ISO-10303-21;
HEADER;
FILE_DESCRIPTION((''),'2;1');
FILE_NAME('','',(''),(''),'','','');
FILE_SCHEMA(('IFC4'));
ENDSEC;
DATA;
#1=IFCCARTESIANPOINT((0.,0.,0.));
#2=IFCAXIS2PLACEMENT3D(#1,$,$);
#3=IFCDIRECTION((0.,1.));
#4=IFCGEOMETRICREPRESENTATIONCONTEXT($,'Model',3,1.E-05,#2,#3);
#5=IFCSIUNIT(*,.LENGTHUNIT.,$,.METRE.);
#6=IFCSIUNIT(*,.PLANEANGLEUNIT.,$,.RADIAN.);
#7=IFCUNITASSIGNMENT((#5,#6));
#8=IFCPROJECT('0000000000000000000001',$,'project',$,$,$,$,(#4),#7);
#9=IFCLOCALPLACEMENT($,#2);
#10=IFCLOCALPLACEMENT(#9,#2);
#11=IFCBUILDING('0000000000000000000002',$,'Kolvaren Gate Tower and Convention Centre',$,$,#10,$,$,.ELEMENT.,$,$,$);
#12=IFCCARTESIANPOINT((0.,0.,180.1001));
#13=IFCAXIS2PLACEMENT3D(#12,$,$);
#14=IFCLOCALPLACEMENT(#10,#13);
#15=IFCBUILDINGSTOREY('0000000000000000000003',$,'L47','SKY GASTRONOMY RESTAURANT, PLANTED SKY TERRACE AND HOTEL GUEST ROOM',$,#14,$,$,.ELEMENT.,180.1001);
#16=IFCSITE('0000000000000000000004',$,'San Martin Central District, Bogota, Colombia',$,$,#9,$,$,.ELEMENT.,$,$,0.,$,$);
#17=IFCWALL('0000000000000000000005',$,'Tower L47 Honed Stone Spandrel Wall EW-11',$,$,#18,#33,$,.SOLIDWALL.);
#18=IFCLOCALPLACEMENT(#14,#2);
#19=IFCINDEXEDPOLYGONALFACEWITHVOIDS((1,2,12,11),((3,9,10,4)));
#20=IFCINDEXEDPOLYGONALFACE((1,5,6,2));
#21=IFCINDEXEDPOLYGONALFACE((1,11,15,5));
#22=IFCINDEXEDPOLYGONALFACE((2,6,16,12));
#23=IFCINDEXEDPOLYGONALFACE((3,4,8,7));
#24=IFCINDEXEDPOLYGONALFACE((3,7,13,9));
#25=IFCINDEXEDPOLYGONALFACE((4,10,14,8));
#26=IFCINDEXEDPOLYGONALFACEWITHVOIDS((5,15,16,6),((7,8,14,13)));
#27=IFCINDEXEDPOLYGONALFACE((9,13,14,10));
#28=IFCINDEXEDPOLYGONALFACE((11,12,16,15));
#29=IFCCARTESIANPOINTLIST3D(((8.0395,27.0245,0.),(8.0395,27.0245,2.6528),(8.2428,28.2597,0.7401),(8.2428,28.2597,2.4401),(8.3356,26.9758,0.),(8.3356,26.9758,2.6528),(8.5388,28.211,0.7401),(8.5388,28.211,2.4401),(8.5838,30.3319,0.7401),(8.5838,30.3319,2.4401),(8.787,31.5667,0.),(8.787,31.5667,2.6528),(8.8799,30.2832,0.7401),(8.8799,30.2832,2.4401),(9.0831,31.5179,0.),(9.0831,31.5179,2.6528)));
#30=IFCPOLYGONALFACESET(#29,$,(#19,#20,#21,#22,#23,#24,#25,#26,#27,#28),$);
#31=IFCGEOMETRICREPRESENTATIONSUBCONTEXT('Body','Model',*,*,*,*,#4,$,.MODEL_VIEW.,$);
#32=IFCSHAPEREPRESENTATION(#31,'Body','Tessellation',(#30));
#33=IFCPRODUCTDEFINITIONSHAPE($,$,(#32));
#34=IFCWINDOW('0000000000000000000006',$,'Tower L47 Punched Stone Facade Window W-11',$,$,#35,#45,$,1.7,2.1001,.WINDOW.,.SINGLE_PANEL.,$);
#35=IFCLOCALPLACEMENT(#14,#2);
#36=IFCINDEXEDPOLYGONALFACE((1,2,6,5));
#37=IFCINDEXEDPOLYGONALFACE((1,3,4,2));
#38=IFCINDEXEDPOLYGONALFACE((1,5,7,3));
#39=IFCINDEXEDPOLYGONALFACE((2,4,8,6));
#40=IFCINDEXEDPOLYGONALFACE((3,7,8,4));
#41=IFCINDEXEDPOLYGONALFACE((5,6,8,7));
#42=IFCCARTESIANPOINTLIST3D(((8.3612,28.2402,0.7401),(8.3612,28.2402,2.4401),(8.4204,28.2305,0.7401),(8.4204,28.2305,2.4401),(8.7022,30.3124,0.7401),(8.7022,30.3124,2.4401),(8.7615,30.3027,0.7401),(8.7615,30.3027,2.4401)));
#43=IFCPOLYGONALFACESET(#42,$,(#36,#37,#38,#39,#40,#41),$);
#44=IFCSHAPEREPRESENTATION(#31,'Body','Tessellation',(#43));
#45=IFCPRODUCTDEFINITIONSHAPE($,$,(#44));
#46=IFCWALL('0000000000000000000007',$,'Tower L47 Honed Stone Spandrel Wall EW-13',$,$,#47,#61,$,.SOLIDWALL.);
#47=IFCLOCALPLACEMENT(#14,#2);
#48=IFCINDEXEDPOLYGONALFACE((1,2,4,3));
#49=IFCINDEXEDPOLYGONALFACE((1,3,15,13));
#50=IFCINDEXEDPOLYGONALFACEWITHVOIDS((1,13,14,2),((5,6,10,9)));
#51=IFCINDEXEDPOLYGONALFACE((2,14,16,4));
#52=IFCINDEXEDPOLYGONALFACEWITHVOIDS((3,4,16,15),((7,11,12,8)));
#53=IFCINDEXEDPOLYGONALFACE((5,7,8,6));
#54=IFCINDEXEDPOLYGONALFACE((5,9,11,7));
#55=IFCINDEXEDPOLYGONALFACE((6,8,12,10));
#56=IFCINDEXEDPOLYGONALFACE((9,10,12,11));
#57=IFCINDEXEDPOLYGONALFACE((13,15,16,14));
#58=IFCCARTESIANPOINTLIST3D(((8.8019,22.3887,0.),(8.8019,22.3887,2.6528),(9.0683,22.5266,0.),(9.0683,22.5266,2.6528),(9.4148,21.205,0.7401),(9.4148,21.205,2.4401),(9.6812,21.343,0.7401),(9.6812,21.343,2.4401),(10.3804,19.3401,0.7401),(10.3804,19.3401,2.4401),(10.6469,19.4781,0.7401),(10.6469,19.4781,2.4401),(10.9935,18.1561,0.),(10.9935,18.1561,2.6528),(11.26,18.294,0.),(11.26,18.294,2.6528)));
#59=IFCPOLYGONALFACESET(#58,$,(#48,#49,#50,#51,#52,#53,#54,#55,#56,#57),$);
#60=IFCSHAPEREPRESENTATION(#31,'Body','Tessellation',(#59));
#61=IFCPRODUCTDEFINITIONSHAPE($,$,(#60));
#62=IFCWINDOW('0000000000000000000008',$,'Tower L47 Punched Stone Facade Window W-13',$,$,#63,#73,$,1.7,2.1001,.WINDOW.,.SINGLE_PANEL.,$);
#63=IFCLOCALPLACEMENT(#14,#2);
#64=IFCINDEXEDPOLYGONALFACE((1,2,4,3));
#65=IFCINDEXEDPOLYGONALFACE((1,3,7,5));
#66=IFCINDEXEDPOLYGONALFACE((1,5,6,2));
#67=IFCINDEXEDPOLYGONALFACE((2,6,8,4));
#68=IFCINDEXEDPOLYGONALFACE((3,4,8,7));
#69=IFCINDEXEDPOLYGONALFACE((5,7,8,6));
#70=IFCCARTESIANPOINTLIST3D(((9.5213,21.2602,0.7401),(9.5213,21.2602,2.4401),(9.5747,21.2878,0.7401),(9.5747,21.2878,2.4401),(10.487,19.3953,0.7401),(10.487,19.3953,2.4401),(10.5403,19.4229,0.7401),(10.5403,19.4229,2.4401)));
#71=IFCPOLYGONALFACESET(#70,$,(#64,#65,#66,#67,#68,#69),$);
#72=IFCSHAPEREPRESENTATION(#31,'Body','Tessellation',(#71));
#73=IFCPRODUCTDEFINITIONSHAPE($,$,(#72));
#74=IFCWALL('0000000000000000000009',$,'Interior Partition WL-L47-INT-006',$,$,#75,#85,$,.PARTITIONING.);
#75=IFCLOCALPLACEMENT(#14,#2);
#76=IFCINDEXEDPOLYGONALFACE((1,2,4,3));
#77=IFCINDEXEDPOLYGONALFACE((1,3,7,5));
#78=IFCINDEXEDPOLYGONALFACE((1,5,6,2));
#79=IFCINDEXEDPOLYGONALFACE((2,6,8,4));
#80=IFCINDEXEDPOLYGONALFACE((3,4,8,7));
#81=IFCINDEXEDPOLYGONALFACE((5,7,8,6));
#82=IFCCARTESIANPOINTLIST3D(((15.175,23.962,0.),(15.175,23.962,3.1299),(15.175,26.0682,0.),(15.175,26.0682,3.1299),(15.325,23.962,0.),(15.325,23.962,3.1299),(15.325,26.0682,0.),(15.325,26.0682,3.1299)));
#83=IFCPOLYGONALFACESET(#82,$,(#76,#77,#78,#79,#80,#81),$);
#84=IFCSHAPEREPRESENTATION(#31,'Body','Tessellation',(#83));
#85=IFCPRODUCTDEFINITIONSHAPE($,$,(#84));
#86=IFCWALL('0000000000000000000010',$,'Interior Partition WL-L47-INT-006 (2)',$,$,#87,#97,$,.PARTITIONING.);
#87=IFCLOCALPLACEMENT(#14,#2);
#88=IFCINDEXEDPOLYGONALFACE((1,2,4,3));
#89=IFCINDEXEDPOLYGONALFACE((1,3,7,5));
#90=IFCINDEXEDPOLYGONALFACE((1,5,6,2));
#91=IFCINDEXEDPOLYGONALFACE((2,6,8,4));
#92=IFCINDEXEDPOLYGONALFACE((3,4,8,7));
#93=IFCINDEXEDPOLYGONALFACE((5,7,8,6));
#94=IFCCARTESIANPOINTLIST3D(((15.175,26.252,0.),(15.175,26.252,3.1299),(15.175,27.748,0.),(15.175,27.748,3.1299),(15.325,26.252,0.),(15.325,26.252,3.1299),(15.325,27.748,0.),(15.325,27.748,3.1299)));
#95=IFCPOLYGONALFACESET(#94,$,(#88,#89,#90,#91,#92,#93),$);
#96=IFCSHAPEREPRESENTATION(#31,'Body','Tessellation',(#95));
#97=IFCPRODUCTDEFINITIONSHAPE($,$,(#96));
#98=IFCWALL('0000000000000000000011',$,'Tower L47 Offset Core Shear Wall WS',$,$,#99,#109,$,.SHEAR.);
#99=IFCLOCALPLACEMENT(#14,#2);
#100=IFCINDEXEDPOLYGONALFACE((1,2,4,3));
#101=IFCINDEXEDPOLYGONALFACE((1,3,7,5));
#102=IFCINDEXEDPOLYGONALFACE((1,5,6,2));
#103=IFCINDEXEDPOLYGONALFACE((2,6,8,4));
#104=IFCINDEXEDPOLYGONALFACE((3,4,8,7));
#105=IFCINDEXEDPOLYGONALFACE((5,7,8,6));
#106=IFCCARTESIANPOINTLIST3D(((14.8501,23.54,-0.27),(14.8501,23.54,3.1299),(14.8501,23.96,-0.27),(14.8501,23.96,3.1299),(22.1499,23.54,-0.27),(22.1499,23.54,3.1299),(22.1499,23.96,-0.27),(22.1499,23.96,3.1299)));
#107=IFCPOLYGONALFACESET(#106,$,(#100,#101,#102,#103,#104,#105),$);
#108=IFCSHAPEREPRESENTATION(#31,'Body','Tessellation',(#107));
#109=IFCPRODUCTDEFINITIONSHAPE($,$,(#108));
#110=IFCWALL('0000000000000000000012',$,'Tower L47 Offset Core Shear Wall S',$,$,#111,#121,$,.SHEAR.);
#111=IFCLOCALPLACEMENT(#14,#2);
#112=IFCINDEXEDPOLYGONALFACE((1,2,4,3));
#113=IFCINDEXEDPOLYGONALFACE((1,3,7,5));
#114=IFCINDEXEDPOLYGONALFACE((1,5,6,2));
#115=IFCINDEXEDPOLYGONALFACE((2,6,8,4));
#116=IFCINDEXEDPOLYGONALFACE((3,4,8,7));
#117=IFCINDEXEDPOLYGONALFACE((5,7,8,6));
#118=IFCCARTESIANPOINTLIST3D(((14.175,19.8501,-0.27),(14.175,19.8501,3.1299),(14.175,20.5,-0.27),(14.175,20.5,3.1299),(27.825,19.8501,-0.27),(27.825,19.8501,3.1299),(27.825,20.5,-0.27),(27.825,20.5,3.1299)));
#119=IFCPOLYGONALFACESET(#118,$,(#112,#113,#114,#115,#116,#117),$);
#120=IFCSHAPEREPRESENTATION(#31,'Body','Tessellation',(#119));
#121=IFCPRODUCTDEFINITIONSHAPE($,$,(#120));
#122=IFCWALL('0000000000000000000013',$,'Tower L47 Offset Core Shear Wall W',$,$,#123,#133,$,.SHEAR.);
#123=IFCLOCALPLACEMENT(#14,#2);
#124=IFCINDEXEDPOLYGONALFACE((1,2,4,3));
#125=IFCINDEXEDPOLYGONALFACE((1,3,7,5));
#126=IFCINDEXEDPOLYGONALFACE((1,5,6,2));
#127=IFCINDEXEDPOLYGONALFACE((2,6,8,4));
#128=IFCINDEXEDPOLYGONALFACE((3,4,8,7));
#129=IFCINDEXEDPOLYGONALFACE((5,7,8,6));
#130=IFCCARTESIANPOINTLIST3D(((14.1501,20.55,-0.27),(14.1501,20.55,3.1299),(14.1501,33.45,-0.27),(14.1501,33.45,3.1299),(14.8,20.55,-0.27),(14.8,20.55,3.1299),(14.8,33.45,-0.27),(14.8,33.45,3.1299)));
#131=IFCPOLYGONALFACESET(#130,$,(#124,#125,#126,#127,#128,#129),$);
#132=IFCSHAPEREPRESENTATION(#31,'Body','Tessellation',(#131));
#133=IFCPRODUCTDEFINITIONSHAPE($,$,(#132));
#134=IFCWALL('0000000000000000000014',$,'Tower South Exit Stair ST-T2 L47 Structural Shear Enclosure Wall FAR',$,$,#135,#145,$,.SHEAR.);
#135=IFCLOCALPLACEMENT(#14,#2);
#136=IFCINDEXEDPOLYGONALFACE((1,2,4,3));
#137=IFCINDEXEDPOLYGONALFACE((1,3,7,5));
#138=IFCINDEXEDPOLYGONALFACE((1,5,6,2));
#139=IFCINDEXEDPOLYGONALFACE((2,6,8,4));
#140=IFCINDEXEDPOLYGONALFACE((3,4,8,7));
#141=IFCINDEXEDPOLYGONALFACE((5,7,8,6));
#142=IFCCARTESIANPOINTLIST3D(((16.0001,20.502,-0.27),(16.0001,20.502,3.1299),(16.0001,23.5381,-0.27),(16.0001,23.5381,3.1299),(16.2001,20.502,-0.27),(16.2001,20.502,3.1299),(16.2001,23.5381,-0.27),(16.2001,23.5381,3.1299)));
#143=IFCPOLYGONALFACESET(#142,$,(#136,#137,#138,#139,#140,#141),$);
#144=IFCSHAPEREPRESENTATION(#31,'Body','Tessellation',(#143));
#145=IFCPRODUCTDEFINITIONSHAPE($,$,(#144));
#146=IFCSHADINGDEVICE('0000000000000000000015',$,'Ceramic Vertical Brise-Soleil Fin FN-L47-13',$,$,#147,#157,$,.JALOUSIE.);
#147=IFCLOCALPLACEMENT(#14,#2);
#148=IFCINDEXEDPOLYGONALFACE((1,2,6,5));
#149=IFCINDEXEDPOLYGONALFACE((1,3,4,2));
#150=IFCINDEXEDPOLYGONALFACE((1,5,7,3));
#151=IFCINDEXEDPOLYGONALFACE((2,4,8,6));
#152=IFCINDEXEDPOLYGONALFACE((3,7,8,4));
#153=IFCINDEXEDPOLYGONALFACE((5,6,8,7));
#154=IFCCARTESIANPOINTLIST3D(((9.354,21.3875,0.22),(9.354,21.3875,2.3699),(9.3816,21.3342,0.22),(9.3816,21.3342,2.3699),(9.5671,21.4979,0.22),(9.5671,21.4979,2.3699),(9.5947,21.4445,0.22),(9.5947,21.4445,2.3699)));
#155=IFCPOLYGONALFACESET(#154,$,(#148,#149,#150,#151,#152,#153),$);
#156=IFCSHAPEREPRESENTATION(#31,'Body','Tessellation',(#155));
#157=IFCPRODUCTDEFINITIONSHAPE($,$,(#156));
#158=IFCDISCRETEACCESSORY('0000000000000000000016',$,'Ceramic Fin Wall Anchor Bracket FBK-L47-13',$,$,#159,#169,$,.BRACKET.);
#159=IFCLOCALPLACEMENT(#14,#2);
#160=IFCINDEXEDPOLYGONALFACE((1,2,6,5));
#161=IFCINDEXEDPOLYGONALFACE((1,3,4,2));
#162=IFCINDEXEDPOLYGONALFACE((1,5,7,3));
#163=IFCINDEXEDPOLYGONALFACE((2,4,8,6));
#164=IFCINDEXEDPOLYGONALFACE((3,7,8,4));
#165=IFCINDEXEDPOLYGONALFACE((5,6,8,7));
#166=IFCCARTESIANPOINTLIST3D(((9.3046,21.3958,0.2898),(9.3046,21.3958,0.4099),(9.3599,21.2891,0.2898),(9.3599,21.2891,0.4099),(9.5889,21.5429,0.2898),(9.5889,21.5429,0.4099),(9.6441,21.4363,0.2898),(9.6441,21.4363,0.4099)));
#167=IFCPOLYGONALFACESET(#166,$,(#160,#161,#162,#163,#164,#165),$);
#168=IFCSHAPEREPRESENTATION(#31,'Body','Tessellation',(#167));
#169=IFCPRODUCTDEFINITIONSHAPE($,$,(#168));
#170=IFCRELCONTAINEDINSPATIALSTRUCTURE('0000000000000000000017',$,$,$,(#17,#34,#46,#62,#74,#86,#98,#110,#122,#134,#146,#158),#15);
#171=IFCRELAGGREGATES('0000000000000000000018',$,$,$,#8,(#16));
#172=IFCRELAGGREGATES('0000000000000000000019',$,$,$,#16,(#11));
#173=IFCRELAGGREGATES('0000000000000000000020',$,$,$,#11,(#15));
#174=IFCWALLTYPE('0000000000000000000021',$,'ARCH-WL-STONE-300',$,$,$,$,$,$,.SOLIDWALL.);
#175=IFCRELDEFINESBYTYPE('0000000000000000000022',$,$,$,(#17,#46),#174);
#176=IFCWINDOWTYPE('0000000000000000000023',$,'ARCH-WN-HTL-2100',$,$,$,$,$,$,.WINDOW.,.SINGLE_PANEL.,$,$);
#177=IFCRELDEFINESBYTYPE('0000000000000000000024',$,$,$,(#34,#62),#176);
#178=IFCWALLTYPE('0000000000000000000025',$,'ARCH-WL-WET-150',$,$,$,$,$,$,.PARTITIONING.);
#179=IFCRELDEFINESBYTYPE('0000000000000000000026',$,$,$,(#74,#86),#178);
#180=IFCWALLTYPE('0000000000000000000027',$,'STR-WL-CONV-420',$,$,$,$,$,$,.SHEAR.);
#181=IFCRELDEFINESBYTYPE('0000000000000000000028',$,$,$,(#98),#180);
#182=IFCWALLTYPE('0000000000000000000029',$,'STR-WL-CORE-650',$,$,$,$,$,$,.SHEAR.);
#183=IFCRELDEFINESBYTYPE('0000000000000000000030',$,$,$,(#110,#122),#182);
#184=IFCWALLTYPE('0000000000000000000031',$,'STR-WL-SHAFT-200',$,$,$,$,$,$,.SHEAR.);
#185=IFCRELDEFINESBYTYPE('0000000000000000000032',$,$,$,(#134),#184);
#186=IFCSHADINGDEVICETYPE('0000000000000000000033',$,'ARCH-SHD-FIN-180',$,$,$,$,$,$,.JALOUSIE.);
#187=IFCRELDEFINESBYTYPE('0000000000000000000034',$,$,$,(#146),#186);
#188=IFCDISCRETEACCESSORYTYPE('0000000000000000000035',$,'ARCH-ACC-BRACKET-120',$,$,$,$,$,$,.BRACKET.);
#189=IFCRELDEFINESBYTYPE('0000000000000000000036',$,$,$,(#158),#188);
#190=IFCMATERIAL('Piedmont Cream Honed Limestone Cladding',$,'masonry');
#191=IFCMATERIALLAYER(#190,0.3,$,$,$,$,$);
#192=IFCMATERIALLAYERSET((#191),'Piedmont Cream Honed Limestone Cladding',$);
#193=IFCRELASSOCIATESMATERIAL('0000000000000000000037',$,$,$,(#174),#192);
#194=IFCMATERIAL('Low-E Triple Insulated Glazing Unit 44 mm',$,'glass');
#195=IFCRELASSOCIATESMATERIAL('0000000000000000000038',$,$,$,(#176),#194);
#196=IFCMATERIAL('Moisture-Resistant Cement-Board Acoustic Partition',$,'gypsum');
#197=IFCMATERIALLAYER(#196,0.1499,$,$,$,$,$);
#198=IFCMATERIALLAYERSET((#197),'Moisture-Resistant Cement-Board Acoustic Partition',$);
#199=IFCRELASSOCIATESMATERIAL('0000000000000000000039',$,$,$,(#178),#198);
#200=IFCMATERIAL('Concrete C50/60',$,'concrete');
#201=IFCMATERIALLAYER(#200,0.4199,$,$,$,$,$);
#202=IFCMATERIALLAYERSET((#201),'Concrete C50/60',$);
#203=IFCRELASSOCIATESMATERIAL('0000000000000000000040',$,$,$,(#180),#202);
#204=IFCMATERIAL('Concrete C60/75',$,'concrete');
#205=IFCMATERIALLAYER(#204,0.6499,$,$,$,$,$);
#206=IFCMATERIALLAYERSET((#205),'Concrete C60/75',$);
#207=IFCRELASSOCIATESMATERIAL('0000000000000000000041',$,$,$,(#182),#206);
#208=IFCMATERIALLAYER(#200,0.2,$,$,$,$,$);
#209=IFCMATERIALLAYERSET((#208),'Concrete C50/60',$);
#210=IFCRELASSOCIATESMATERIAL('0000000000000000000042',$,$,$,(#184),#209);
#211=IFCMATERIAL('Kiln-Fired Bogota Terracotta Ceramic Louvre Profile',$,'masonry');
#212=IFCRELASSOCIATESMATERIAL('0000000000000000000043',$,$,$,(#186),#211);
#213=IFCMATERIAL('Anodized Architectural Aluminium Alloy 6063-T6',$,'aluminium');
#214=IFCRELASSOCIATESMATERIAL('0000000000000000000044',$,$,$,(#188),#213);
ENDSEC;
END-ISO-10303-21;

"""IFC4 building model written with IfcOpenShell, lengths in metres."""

from ifc_helpers import new_model, si_unit, direction, frame, frame_2d, origin, origin_2d, place, context, subcontext, project, spatial, rectangle, extrude, material, layer, layer_set, type_object, element, fill, save


model = new_model("IFC4")

# Units and contexts
model_context = context("Model", 3, precision=1e-05, world=origin(), true_north=direction((0.0, 1.0)))
body_context = subcontext(model_context, "Body", "Model", "MODEL_VIEW")
ifc_project = project(units=[si_unit("LENGTHUNIT", "METRE"), si_unit("PLANEANGLEUNIT", "RADIAN")], contexts=[model_context])

# Site, building, storey
site_placement = place(None, origin())
site = spatial("IfcSite", under=ifc_project, at=site_placement, Name="San Martin Central District, Bogota, Colombia", CompositionType="ELEMENT", RefElevation=0.0)
building_placement = place(site_placement, origin())
building = spatial("IfcBuilding", under=site, at=building_placement, Name="Kolvaren Gate Tower and Convention Centre", CompositionType="ELEMENT")
storey_placement = place(building_placement, frame((0.0, 0.0, 180.1001)))
storey = spatial("IfcBuildingStorey", under=building, at=storey_placement, Name="L47", Description="SKY GASTRONOMY RESTAURANT, PLANTED SKY TERRACE AND HOTEL GUEST ROOM", CompositionType="ELEMENT", Elevation=180.1001)

# Shared definitions
ifc_material_1 = material(Name="Concrete C60/75", Category="concrete")

# Shared definitions
ifc_material_2 = material(Name="Piedmont Cream Honed Limestone Cladding", Category="masonry")

# Walls, openings, windows
ifc_layer_1 = layer(ifc_material_2, 0.3)
ifc_layer_set_1 = layer_set([ifc_layer_1], Name="Piedmont Cream Honed Limestone Cladding")
wall_type_1 = type_object("IfcWallType", Name="ARCH-WL-STONE-300", PredefinedType="SOLIDWALL", material=ifc_layer_set_1)
wall_1_placement = place(storey_placement, frame((8.1875, 27.0, 0.0), z_axis=(0.0, 0.0, 1.0), x_axis=(0.162395, 0.986726, 0.0)))
wall_1 = element("IfcWall", 1, at=wall_1_placement, inside=storey, type_object=wall_type_1, Name="Tower L47 Honed Stone Spandrel Wall EW-11", PredefinedType="SOLIDWALL", context=body_context, shape_type="SweptSolid", body=[
    extrude(rectangle(XDim=4.6033, YDim=0.3, at=frame_2d((2.3018, 0.0))), origin(), (0.0, 0.0, 1.0), 2.6528),
])
opening_1_placement = place(wall_1_placement, frame((1.252, 0.0, 0.74)))
opening_1 = element("IfcOpeningElement", 2, at=opening_1_placement, cuts=wall_1, PredefinedType="OPENING", context=body_context, shape_type="SweptSolid", body=[
    extrude(rectangle(XDim=2.1001, YDim=1.7, at=frame_2d((1.05, 0.8501))), frame((0.0, 0.1599, 0.0), z_axis=(0.0, -1.0, 0.0), x_axis=(1.0, 0.0, 0.0)), (0.0, 0.0, 1.0), 0.3201),
])
ifc_material_3 = material(Name="Low-E Triple Insulated Glazing Unit 44 mm", Category="glass")
window_type = type_object("IfcWindowType", Name="ARCH-WN-HTL-2100", PartitioningType="SINGLE_PANEL", PredefinedType="WINDOW", material=ifc_material_3)
window_1_placement = place(opening_1_placement, origin())
window_1 = element("IfcWindow", 3, at=window_1_placement, inside=storey, type_object=window_type, Name="Tower L47 Punched Stone Facade Window W-11", OverallHeight=1.7, OverallWidth=2.1001, PartitioningType="SINGLE_PANEL", PredefinedType="WINDOW", context=body_context, shape_type="SweptSolid", body=[
    extrude(rectangle(XDim=2.1001, YDim=1.7, at=frame_2d((1.05, 0.8501))), frame((0.0, 0.03, 0.0), z_axis=(0.0, -1.0, 0.0), x_axis=(1.0, 0.0, 0.0)), (0.0, 0.0, 1.0), 0.0601),
])
fill(opening_1, window_1)
wall_2_placement = place(storey_placement, frame((8.9351, 22.4578, 0.0), z_axis=(0.0, 0.0, 1.0), x_axis=(0.45981, -0.888017, 0.0)))
wall_2 = element("IfcWall", 4, at=wall_2_placement, inside=storey, type_object=wall_type_1, Name="Tower L47 Honed Stone Spandrel Wall EW-13", PredefinedType="SOLIDWALL", context=body_context, shape_type="SweptSolid", body=[
    extrude(rectangle(XDim=4.7664, YDim=0.3, at=frame_2d((2.3833, 0.0))), origin(), (0.0, 0.0, 1.0), 2.6528),
])
opening_2_placement = place(wall_2_placement, frame((1.333, 0.0, 0.74)))
opening_2 = element("IfcOpeningElement", 5, at=opening_2_placement, cuts=wall_2, PredefinedType="OPENING", context=body_context, shape_type="SweptSolid", body=[
    extrude(rectangle(XDim=2.1001, YDim=1.7, at=frame_2d((1.05, 0.8501))), frame((0.0, 0.1599, 0.0), z_axis=(0.0, -1.0, 0.0), x_axis=(1.0, 0.0, 0.0)), (0.0, 0.0, 1.0), 0.3201),
])
window_2_placement = place(opening_2_placement, origin())
window_2 = element("IfcWindow", 6, at=window_2_placement, inside=storey, type_object=window_type, Name="Tower L47 Punched Stone Facade Window W-13", OverallHeight=1.7, OverallWidth=2.1001, PartitioningType="SINGLE_PANEL", PredefinedType="WINDOW", context=body_context, shape_type="SweptSolid", body=[
    extrude(rectangle(XDim=2.1001, YDim=1.7, at=frame_2d((1.05, 0.8501))), frame((0.0, 0.03, 0.0), z_axis=(0.0, -1.0, 0.0), x_axis=(1.0, 0.0, 0.0)), (0.0, 0.0, 1.0), 0.0601),
])
fill(opening_2, window_2)

# Walls
ifc_material_4 = material(Name="Moisture-Resistant Cement-Board Acoustic Partition", Category="gypsum")
ifc_layer_2 = layer(ifc_material_4, 0.1499)
ifc_layer_set_2 = layer_set([ifc_layer_2], Name="Moisture-Resistant Cement-Board Acoustic Partition")
wall_type_2 = type_object("IfcWallType", Name="ARCH-WL-WET-150", PredefinedType="PARTITIONING", material=ifc_layer_set_2)
wall_3_placement = place(storey_placement, frame((15.25, 23.9619, 0.0), z_axis=(0.0, 0.0, 1.0), x_axis=(0.0, 1.0, 0.0)))
element("IfcWall", 7, at=wall_3_placement, inside=storey, type_object=wall_type_2, Name="Interior Partition WL-L47-INT-006", PredefinedType="PARTITIONING", context=body_context, shape_type="SweptSolid", body=[
    extrude(rectangle(XDim=2.1062, YDim=0.1499, at=frame_2d((1.0532, 0.0))), origin(), (0.0, 0.0, 1.0), 3.1299),
])
wall_4_placement = place(storey_placement, frame((15.25, 26.252, 0.0), z_axis=(0.0, 0.0, 1.0), x_axis=(0.0, 1.0, 0.0)))
element("IfcWall", 8, at=wall_4_placement, inside=storey, type_object=wall_type_2, Name="Interior Partition WL-L47-INT-006 (2)", PredefinedType="PARTITIONING", context=body_context, shape_type="SweptSolid", body=[
    extrude(rectangle(XDim=1.4961, YDim=0.1499, at=frame_2d((0.748, 0.0))), origin(), (0.0, 0.0, 1.0), 3.1299),
])
ifc_material_5 = material(Name="Concrete C50/60", Category="concrete")
ifc_layer_3 = layer(ifc_material_5, 0.4199)
ifc_layer_set_3 = layer_set([ifc_layer_3], Name="Concrete C50/60")
wall_type_3 = type_object("IfcWallType", Name="STR-WL-CONV-420", PredefinedType="SHEAR", material=ifc_layer_set_3)
wall_5_placement = place(storey_placement, frame((14.8501, 23.75, -0.27), z_axis=(0.0, 0.0, 1.0), x_axis=(1.0, 0.0, 0.0)))
element("IfcWall", 9, at=wall_5_placement, inside=storey, type_object=wall_type_3, Name="Tower L47 Offset Core Shear Wall WS", PredefinedType="SHEAR", context=body_context, shape_type="SweptSolid", body=[
    extrude(rectangle(XDim=7.2998, YDim=0.4199, at=frame_2d((3.6499, 0.0))), origin(), (0.0, 0.0, 1.0), 3.3999),
])
ifc_layer_4 = layer(ifc_material_1, 0.6499)
ifc_layer_set_4 = layer_set([ifc_layer_4], Name="Concrete C60/75")
wall_type_4 = type_object("IfcWallType", Name="STR-WL-CORE-650", PredefinedType="SHEAR", material=ifc_layer_set_4)
wall_6_placement = place(storey_placement, frame((14.175, 20.175, -0.27), z_axis=(0.0, 0.0, 1.0), x_axis=(1.0, 0.0, 0.0)))
element("IfcWall", 10, at=wall_6_placement, inside=storey, type_object=wall_type_4, Name="Tower L47 Offset Core Shear Wall S", PredefinedType="SHEAR", context=body_context, shape_type="SweptSolid", body=[
    extrude(rectangle(XDim=13.6499, YDim=0.6499, at=frame_2d((6.825, 0.0))), origin(), (0.0, 0.0, 1.0), 3.3999),
])
wall_7_placement = place(storey_placement, frame((14.4751, 20.55, -0.27), z_axis=(0.0, 0.0, 1.0), x_axis=(0.0, 1.0, 0.0)))
element("IfcWall", 11, at=wall_7_placement, inside=storey, type_object=wall_type_4, Name="Tower L47 Offset Core Shear Wall W", PredefinedType="SHEAR", context=body_context, shape_type="SweptSolid", body=[
    extrude(rectangle(XDim=12.8999, YDim=0.6499, at=frame_2d((6.45, 0.0))), origin(), (0.0, 0.0, 1.0), 3.3999),
])
ifc_layer_5 = layer(ifc_material_5, 0.2)
ifc_layer_set_5 = layer_set([ifc_layer_5], Name="Concrete C50/60")
wall_type_5 = type_object("IfcWallType", Name="STR-WL-SHAFT-200", PredefinedType="SHEAR", material=ifc_layer_set_5)
wall_8_placement = place(storey_placement, frame((16.1001, 20.502, -0.27), z_axis=(0.0, 0.0, 1.0), x_axis=(0.0, 1.0, 0.0)))
element("IfcWall", 12, at=wall_8_placement, inside=storey, type_object=wall_type_5, Name="Tower South Exit Stair ST-T2 L47 Structural Shear Enclosure Wall FAR", PredefinedType="SHEAR", context=body_context, shape_type="SweptSolid", body=[
    extrude(rectangle(XDim=3.0361, YDim=0.2, at=frame_2d((1.5181, 0.0))), origin(), (0.0, 0.0, 1.0), 3.3999),
])

# Shading device
ifc_material_6 = material(Name="Kiln-Fired Bogota Terracotta Ceramic Louvre Profile", Category="masonry")
shading_device_type = type_object("IfcShadingDeviceType", Name="ARCH-SHD-FIN-180", PredefinedType="JALOUSIE", material=ifc_material_6)
shading_device_placement = place(storey_placement, frame((9.4744, 21.416, 0.22), z_axis=(0.0, 0.0, 1.0), x_axis=(0.459798, -0.888023, 0.0)))
element("IfcShadingDevice", 13, at=shading_device_placement, inside=storey, type_object=shading_device_type, Name="Ceramic Vertical Brise-Soleil Fin FN-L47-13", PredefinedType="JALOUSIE", context=body_context, shape_type="SweptSolid", body=[
    extrude(rectangle(XDim=0.0601, YDim=0.24, at=origin_2d()), origin(), (0.0, 0.0, 1.0), 2.1499),
])

# Discrete accessory
ifc_material_7 = material(Name="Anodized Architectural Aluminium Alloy 6063-T6", Category="aluminium")
discrete_accessory_type = type_object("IfcDiscreteAccessoryType", Name="ARCH-ACC-BRACKET-120", PredefinedType="BRACKET", material=ifc_material_7)
discrete_accessory_placement = place(storey_placement, frame((9.4744, 21.416, 0.2898), z_axis=(0.0, 0.0, 1.0), x_axis=(0.459798, -0.888023, 0.0)))
element("IfcDiscreteAccessory", 14, at=discrete_accessory_placement, inside=storey, type_object=discrete_accessory_type, Name="Ceramic Fin Wall Anchor Bracket FBK-L47-13", PredefinedType="BRACKET", context=body_context, shape_type="SweptSolid", body=[
    extrude(rectangle(XDim=0.1201, YDim=0.3201, at=origin_2d()), origin(), (0.0, 0.0, 1.0), 0.1201),
])

save(model, "model.ifc")
